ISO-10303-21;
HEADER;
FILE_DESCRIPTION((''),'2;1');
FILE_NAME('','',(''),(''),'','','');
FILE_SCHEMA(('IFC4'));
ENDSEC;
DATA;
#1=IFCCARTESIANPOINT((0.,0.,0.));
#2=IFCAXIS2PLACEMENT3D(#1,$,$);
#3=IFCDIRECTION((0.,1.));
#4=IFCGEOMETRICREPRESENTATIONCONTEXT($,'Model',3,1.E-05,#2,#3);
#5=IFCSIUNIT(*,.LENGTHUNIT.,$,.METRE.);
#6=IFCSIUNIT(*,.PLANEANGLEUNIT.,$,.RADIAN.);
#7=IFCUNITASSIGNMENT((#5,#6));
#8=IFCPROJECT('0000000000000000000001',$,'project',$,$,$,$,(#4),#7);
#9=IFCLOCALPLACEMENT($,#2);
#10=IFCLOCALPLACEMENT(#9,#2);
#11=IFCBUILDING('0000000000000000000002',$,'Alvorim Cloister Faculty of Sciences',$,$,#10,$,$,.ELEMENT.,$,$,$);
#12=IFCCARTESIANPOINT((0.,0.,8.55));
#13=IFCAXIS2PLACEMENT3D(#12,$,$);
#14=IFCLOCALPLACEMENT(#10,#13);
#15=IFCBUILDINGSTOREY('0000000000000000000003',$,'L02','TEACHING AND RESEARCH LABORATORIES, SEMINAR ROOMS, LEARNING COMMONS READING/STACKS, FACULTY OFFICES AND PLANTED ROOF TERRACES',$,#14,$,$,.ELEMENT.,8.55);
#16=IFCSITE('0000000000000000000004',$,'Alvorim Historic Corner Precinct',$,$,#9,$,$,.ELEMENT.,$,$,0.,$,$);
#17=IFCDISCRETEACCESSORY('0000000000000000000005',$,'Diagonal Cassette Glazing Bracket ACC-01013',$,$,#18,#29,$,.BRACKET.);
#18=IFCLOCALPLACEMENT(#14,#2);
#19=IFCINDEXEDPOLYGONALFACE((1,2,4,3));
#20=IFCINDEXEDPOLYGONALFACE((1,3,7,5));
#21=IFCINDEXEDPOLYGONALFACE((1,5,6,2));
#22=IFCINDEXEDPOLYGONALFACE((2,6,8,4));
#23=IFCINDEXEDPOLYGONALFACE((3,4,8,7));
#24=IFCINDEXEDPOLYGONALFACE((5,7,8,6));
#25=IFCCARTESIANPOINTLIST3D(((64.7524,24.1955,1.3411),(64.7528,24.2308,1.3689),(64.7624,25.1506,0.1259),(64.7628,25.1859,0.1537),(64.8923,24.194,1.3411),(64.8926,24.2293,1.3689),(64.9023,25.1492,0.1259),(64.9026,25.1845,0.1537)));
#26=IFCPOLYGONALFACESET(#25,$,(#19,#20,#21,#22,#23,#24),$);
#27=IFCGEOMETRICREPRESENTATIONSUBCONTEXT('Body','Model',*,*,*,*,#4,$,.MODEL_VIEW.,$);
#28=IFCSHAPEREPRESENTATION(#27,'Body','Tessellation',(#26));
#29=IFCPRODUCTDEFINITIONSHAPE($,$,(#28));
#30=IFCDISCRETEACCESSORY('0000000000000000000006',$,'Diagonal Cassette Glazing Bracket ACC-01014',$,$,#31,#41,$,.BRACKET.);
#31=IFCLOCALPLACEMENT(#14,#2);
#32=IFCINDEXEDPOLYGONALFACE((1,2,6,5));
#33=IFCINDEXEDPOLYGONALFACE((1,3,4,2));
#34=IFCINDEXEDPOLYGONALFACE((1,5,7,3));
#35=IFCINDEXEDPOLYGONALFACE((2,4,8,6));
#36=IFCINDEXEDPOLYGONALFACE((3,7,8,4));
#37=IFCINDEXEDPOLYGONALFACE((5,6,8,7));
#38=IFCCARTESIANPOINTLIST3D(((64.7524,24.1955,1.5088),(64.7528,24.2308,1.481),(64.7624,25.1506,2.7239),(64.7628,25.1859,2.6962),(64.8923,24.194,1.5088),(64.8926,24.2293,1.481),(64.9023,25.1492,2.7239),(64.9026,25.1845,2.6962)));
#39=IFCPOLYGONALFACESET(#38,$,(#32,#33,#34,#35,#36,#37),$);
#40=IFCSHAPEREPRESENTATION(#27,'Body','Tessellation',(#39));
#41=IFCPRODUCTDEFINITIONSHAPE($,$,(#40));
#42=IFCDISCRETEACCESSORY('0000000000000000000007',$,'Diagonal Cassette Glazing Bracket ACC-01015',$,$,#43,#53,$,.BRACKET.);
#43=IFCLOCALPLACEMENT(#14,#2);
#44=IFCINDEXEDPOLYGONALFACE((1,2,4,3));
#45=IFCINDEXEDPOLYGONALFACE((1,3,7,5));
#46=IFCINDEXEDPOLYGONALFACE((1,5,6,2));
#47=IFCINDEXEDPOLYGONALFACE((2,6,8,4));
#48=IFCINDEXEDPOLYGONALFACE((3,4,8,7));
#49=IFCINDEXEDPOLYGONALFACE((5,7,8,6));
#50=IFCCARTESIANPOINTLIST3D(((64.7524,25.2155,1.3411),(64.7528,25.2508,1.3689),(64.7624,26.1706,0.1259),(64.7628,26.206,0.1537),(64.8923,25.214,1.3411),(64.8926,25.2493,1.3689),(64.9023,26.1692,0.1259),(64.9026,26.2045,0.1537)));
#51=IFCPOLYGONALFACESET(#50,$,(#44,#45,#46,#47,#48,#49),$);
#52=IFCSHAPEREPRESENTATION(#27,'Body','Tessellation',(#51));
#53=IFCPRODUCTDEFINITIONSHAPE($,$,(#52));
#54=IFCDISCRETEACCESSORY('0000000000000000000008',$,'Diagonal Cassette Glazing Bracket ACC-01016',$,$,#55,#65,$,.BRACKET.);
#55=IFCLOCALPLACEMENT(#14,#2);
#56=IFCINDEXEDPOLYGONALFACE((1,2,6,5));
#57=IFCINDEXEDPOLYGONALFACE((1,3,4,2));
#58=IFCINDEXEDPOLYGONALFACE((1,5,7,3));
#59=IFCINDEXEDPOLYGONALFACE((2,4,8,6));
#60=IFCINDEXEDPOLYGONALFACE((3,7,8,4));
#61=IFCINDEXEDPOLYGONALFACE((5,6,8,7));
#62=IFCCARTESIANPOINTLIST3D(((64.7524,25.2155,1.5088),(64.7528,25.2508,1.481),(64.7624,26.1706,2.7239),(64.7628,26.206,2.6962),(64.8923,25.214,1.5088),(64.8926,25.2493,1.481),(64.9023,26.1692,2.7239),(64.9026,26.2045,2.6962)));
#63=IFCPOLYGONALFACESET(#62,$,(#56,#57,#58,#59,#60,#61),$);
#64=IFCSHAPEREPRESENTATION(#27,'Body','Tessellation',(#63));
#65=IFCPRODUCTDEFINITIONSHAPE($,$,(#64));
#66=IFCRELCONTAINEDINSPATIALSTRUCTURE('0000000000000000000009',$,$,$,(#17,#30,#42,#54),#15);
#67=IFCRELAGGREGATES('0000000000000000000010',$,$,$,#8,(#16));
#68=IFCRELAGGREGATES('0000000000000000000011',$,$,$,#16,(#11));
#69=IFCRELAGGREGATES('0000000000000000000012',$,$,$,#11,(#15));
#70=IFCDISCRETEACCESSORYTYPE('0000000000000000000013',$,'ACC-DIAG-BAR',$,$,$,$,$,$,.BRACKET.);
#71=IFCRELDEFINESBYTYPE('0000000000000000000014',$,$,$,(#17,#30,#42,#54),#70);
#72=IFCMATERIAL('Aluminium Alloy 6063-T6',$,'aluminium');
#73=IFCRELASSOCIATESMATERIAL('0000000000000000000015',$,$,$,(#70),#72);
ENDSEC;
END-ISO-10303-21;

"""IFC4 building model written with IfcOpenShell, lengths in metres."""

from ifc_helpers import new_model, si_unit, direction, frame, origin, origin_2d, place, context, subcontext, project, spatial, rectangle, extrude, material, type_object, element, save


model = new_model("IFC4")

# Units and contexts
model_context = context("Model", 3, precision=1e-05, world=origin(), true_north=direction((0.0, 1.0)))
body_context = subcontext(model_context, "Body", "Model", "MODEL_VIEW")
ifc_project = project(units=[si_unit("LENGTHUNIT", "METRE"), si_unit("PLANEANGLEUNIT", "RADIAN")], contexts=[model_context])

# Site, building, storey
site_placement = place(None, origin())
site = spatial("IfcSite", under=ifc_project, at=site_placement, Name="Alvorim Historic Corner Precinct", CompositionType="ELEMENT", RefElevation=0.0)
building_placement = place(site_placement, origin())
building = spatial("IfcBuilding", under=site, at=building_placement, Name="Alvorim Cloister Faculty of Sciences", CompositionType="ELEMENT")
storey_placement = place(building_placement, frame((0.0, 0.0, 8.55)))
storey = spatial("IfcBuildingStorey", under=building, at=storey_placement, Name="L02", Description="TEACHING AND RESEARCH LABORATORIES, SEMINAR ROOMS, LEARNING COMMONS READING/STACKS, FACULTY OFFICES AND PLANTED ROOF TERRACES", CompositionType="ELEMENT", Elevation=8.55)

# Shared definitions
ifc_material_1 = material(Name="Aluminium Alloy 6063-T6", Category="aluminium")

# Discrete accessories
discrete_accessory_type = type_object("IfcDiscreteAccessoryType", Name="ACC-DIAG-BAR", PredefinedType="BRACKET", material=ifc_material_1)
for number, where, z_axis, x_axis, name in (
    (1, (64.8225, 24.2124, 1.355), (0.006477, 0.617955, -0.786187), (-0.999945, 0.01048, 0.0), "Diagonal Cassette Glazing Bracket ACC-01013"),
    (2, (64.8225, 24.2124, 1.4949), (0.006477, 0.617955, 0.786187), (-0.999945, 0.01048, 0.0), "Diagonal Cassette Glazing Bracket ACC-01014"),
    (3, (64.8225, 25.2324, 1.355), (0.006477, 0.617955, -0.786187), (-0.999945, 0.01048, 0.0), "Diagonal Cassette Glazing Bracket ACC-01015"),
    (4, (64.8225, 25.2324, 1.4949), (0.006477, 0.617955, 0.786187), (-0.999945, 0.01048, 0.0), "Diagonal Cassette Glazing Bracket ACC-01016"),
):
    element("IfcDiscreteAccessory", number, at=place(storey_placement, frame(where, z_axis=z_axis, x_axis=x_axis)), inside=storey, type_object=discrete_accessory_type, Name=name, PredefinedType="BRACKET", context=body_context, shape_type="SweptSolid", body=[
        extrude(rectangle(XDim=0.1399, YDim=0.0449, at=origin_2d()), origin(), (0.0, 0.0, 1.0), 1.5457),
    ])

save(model, "model.ifc")
